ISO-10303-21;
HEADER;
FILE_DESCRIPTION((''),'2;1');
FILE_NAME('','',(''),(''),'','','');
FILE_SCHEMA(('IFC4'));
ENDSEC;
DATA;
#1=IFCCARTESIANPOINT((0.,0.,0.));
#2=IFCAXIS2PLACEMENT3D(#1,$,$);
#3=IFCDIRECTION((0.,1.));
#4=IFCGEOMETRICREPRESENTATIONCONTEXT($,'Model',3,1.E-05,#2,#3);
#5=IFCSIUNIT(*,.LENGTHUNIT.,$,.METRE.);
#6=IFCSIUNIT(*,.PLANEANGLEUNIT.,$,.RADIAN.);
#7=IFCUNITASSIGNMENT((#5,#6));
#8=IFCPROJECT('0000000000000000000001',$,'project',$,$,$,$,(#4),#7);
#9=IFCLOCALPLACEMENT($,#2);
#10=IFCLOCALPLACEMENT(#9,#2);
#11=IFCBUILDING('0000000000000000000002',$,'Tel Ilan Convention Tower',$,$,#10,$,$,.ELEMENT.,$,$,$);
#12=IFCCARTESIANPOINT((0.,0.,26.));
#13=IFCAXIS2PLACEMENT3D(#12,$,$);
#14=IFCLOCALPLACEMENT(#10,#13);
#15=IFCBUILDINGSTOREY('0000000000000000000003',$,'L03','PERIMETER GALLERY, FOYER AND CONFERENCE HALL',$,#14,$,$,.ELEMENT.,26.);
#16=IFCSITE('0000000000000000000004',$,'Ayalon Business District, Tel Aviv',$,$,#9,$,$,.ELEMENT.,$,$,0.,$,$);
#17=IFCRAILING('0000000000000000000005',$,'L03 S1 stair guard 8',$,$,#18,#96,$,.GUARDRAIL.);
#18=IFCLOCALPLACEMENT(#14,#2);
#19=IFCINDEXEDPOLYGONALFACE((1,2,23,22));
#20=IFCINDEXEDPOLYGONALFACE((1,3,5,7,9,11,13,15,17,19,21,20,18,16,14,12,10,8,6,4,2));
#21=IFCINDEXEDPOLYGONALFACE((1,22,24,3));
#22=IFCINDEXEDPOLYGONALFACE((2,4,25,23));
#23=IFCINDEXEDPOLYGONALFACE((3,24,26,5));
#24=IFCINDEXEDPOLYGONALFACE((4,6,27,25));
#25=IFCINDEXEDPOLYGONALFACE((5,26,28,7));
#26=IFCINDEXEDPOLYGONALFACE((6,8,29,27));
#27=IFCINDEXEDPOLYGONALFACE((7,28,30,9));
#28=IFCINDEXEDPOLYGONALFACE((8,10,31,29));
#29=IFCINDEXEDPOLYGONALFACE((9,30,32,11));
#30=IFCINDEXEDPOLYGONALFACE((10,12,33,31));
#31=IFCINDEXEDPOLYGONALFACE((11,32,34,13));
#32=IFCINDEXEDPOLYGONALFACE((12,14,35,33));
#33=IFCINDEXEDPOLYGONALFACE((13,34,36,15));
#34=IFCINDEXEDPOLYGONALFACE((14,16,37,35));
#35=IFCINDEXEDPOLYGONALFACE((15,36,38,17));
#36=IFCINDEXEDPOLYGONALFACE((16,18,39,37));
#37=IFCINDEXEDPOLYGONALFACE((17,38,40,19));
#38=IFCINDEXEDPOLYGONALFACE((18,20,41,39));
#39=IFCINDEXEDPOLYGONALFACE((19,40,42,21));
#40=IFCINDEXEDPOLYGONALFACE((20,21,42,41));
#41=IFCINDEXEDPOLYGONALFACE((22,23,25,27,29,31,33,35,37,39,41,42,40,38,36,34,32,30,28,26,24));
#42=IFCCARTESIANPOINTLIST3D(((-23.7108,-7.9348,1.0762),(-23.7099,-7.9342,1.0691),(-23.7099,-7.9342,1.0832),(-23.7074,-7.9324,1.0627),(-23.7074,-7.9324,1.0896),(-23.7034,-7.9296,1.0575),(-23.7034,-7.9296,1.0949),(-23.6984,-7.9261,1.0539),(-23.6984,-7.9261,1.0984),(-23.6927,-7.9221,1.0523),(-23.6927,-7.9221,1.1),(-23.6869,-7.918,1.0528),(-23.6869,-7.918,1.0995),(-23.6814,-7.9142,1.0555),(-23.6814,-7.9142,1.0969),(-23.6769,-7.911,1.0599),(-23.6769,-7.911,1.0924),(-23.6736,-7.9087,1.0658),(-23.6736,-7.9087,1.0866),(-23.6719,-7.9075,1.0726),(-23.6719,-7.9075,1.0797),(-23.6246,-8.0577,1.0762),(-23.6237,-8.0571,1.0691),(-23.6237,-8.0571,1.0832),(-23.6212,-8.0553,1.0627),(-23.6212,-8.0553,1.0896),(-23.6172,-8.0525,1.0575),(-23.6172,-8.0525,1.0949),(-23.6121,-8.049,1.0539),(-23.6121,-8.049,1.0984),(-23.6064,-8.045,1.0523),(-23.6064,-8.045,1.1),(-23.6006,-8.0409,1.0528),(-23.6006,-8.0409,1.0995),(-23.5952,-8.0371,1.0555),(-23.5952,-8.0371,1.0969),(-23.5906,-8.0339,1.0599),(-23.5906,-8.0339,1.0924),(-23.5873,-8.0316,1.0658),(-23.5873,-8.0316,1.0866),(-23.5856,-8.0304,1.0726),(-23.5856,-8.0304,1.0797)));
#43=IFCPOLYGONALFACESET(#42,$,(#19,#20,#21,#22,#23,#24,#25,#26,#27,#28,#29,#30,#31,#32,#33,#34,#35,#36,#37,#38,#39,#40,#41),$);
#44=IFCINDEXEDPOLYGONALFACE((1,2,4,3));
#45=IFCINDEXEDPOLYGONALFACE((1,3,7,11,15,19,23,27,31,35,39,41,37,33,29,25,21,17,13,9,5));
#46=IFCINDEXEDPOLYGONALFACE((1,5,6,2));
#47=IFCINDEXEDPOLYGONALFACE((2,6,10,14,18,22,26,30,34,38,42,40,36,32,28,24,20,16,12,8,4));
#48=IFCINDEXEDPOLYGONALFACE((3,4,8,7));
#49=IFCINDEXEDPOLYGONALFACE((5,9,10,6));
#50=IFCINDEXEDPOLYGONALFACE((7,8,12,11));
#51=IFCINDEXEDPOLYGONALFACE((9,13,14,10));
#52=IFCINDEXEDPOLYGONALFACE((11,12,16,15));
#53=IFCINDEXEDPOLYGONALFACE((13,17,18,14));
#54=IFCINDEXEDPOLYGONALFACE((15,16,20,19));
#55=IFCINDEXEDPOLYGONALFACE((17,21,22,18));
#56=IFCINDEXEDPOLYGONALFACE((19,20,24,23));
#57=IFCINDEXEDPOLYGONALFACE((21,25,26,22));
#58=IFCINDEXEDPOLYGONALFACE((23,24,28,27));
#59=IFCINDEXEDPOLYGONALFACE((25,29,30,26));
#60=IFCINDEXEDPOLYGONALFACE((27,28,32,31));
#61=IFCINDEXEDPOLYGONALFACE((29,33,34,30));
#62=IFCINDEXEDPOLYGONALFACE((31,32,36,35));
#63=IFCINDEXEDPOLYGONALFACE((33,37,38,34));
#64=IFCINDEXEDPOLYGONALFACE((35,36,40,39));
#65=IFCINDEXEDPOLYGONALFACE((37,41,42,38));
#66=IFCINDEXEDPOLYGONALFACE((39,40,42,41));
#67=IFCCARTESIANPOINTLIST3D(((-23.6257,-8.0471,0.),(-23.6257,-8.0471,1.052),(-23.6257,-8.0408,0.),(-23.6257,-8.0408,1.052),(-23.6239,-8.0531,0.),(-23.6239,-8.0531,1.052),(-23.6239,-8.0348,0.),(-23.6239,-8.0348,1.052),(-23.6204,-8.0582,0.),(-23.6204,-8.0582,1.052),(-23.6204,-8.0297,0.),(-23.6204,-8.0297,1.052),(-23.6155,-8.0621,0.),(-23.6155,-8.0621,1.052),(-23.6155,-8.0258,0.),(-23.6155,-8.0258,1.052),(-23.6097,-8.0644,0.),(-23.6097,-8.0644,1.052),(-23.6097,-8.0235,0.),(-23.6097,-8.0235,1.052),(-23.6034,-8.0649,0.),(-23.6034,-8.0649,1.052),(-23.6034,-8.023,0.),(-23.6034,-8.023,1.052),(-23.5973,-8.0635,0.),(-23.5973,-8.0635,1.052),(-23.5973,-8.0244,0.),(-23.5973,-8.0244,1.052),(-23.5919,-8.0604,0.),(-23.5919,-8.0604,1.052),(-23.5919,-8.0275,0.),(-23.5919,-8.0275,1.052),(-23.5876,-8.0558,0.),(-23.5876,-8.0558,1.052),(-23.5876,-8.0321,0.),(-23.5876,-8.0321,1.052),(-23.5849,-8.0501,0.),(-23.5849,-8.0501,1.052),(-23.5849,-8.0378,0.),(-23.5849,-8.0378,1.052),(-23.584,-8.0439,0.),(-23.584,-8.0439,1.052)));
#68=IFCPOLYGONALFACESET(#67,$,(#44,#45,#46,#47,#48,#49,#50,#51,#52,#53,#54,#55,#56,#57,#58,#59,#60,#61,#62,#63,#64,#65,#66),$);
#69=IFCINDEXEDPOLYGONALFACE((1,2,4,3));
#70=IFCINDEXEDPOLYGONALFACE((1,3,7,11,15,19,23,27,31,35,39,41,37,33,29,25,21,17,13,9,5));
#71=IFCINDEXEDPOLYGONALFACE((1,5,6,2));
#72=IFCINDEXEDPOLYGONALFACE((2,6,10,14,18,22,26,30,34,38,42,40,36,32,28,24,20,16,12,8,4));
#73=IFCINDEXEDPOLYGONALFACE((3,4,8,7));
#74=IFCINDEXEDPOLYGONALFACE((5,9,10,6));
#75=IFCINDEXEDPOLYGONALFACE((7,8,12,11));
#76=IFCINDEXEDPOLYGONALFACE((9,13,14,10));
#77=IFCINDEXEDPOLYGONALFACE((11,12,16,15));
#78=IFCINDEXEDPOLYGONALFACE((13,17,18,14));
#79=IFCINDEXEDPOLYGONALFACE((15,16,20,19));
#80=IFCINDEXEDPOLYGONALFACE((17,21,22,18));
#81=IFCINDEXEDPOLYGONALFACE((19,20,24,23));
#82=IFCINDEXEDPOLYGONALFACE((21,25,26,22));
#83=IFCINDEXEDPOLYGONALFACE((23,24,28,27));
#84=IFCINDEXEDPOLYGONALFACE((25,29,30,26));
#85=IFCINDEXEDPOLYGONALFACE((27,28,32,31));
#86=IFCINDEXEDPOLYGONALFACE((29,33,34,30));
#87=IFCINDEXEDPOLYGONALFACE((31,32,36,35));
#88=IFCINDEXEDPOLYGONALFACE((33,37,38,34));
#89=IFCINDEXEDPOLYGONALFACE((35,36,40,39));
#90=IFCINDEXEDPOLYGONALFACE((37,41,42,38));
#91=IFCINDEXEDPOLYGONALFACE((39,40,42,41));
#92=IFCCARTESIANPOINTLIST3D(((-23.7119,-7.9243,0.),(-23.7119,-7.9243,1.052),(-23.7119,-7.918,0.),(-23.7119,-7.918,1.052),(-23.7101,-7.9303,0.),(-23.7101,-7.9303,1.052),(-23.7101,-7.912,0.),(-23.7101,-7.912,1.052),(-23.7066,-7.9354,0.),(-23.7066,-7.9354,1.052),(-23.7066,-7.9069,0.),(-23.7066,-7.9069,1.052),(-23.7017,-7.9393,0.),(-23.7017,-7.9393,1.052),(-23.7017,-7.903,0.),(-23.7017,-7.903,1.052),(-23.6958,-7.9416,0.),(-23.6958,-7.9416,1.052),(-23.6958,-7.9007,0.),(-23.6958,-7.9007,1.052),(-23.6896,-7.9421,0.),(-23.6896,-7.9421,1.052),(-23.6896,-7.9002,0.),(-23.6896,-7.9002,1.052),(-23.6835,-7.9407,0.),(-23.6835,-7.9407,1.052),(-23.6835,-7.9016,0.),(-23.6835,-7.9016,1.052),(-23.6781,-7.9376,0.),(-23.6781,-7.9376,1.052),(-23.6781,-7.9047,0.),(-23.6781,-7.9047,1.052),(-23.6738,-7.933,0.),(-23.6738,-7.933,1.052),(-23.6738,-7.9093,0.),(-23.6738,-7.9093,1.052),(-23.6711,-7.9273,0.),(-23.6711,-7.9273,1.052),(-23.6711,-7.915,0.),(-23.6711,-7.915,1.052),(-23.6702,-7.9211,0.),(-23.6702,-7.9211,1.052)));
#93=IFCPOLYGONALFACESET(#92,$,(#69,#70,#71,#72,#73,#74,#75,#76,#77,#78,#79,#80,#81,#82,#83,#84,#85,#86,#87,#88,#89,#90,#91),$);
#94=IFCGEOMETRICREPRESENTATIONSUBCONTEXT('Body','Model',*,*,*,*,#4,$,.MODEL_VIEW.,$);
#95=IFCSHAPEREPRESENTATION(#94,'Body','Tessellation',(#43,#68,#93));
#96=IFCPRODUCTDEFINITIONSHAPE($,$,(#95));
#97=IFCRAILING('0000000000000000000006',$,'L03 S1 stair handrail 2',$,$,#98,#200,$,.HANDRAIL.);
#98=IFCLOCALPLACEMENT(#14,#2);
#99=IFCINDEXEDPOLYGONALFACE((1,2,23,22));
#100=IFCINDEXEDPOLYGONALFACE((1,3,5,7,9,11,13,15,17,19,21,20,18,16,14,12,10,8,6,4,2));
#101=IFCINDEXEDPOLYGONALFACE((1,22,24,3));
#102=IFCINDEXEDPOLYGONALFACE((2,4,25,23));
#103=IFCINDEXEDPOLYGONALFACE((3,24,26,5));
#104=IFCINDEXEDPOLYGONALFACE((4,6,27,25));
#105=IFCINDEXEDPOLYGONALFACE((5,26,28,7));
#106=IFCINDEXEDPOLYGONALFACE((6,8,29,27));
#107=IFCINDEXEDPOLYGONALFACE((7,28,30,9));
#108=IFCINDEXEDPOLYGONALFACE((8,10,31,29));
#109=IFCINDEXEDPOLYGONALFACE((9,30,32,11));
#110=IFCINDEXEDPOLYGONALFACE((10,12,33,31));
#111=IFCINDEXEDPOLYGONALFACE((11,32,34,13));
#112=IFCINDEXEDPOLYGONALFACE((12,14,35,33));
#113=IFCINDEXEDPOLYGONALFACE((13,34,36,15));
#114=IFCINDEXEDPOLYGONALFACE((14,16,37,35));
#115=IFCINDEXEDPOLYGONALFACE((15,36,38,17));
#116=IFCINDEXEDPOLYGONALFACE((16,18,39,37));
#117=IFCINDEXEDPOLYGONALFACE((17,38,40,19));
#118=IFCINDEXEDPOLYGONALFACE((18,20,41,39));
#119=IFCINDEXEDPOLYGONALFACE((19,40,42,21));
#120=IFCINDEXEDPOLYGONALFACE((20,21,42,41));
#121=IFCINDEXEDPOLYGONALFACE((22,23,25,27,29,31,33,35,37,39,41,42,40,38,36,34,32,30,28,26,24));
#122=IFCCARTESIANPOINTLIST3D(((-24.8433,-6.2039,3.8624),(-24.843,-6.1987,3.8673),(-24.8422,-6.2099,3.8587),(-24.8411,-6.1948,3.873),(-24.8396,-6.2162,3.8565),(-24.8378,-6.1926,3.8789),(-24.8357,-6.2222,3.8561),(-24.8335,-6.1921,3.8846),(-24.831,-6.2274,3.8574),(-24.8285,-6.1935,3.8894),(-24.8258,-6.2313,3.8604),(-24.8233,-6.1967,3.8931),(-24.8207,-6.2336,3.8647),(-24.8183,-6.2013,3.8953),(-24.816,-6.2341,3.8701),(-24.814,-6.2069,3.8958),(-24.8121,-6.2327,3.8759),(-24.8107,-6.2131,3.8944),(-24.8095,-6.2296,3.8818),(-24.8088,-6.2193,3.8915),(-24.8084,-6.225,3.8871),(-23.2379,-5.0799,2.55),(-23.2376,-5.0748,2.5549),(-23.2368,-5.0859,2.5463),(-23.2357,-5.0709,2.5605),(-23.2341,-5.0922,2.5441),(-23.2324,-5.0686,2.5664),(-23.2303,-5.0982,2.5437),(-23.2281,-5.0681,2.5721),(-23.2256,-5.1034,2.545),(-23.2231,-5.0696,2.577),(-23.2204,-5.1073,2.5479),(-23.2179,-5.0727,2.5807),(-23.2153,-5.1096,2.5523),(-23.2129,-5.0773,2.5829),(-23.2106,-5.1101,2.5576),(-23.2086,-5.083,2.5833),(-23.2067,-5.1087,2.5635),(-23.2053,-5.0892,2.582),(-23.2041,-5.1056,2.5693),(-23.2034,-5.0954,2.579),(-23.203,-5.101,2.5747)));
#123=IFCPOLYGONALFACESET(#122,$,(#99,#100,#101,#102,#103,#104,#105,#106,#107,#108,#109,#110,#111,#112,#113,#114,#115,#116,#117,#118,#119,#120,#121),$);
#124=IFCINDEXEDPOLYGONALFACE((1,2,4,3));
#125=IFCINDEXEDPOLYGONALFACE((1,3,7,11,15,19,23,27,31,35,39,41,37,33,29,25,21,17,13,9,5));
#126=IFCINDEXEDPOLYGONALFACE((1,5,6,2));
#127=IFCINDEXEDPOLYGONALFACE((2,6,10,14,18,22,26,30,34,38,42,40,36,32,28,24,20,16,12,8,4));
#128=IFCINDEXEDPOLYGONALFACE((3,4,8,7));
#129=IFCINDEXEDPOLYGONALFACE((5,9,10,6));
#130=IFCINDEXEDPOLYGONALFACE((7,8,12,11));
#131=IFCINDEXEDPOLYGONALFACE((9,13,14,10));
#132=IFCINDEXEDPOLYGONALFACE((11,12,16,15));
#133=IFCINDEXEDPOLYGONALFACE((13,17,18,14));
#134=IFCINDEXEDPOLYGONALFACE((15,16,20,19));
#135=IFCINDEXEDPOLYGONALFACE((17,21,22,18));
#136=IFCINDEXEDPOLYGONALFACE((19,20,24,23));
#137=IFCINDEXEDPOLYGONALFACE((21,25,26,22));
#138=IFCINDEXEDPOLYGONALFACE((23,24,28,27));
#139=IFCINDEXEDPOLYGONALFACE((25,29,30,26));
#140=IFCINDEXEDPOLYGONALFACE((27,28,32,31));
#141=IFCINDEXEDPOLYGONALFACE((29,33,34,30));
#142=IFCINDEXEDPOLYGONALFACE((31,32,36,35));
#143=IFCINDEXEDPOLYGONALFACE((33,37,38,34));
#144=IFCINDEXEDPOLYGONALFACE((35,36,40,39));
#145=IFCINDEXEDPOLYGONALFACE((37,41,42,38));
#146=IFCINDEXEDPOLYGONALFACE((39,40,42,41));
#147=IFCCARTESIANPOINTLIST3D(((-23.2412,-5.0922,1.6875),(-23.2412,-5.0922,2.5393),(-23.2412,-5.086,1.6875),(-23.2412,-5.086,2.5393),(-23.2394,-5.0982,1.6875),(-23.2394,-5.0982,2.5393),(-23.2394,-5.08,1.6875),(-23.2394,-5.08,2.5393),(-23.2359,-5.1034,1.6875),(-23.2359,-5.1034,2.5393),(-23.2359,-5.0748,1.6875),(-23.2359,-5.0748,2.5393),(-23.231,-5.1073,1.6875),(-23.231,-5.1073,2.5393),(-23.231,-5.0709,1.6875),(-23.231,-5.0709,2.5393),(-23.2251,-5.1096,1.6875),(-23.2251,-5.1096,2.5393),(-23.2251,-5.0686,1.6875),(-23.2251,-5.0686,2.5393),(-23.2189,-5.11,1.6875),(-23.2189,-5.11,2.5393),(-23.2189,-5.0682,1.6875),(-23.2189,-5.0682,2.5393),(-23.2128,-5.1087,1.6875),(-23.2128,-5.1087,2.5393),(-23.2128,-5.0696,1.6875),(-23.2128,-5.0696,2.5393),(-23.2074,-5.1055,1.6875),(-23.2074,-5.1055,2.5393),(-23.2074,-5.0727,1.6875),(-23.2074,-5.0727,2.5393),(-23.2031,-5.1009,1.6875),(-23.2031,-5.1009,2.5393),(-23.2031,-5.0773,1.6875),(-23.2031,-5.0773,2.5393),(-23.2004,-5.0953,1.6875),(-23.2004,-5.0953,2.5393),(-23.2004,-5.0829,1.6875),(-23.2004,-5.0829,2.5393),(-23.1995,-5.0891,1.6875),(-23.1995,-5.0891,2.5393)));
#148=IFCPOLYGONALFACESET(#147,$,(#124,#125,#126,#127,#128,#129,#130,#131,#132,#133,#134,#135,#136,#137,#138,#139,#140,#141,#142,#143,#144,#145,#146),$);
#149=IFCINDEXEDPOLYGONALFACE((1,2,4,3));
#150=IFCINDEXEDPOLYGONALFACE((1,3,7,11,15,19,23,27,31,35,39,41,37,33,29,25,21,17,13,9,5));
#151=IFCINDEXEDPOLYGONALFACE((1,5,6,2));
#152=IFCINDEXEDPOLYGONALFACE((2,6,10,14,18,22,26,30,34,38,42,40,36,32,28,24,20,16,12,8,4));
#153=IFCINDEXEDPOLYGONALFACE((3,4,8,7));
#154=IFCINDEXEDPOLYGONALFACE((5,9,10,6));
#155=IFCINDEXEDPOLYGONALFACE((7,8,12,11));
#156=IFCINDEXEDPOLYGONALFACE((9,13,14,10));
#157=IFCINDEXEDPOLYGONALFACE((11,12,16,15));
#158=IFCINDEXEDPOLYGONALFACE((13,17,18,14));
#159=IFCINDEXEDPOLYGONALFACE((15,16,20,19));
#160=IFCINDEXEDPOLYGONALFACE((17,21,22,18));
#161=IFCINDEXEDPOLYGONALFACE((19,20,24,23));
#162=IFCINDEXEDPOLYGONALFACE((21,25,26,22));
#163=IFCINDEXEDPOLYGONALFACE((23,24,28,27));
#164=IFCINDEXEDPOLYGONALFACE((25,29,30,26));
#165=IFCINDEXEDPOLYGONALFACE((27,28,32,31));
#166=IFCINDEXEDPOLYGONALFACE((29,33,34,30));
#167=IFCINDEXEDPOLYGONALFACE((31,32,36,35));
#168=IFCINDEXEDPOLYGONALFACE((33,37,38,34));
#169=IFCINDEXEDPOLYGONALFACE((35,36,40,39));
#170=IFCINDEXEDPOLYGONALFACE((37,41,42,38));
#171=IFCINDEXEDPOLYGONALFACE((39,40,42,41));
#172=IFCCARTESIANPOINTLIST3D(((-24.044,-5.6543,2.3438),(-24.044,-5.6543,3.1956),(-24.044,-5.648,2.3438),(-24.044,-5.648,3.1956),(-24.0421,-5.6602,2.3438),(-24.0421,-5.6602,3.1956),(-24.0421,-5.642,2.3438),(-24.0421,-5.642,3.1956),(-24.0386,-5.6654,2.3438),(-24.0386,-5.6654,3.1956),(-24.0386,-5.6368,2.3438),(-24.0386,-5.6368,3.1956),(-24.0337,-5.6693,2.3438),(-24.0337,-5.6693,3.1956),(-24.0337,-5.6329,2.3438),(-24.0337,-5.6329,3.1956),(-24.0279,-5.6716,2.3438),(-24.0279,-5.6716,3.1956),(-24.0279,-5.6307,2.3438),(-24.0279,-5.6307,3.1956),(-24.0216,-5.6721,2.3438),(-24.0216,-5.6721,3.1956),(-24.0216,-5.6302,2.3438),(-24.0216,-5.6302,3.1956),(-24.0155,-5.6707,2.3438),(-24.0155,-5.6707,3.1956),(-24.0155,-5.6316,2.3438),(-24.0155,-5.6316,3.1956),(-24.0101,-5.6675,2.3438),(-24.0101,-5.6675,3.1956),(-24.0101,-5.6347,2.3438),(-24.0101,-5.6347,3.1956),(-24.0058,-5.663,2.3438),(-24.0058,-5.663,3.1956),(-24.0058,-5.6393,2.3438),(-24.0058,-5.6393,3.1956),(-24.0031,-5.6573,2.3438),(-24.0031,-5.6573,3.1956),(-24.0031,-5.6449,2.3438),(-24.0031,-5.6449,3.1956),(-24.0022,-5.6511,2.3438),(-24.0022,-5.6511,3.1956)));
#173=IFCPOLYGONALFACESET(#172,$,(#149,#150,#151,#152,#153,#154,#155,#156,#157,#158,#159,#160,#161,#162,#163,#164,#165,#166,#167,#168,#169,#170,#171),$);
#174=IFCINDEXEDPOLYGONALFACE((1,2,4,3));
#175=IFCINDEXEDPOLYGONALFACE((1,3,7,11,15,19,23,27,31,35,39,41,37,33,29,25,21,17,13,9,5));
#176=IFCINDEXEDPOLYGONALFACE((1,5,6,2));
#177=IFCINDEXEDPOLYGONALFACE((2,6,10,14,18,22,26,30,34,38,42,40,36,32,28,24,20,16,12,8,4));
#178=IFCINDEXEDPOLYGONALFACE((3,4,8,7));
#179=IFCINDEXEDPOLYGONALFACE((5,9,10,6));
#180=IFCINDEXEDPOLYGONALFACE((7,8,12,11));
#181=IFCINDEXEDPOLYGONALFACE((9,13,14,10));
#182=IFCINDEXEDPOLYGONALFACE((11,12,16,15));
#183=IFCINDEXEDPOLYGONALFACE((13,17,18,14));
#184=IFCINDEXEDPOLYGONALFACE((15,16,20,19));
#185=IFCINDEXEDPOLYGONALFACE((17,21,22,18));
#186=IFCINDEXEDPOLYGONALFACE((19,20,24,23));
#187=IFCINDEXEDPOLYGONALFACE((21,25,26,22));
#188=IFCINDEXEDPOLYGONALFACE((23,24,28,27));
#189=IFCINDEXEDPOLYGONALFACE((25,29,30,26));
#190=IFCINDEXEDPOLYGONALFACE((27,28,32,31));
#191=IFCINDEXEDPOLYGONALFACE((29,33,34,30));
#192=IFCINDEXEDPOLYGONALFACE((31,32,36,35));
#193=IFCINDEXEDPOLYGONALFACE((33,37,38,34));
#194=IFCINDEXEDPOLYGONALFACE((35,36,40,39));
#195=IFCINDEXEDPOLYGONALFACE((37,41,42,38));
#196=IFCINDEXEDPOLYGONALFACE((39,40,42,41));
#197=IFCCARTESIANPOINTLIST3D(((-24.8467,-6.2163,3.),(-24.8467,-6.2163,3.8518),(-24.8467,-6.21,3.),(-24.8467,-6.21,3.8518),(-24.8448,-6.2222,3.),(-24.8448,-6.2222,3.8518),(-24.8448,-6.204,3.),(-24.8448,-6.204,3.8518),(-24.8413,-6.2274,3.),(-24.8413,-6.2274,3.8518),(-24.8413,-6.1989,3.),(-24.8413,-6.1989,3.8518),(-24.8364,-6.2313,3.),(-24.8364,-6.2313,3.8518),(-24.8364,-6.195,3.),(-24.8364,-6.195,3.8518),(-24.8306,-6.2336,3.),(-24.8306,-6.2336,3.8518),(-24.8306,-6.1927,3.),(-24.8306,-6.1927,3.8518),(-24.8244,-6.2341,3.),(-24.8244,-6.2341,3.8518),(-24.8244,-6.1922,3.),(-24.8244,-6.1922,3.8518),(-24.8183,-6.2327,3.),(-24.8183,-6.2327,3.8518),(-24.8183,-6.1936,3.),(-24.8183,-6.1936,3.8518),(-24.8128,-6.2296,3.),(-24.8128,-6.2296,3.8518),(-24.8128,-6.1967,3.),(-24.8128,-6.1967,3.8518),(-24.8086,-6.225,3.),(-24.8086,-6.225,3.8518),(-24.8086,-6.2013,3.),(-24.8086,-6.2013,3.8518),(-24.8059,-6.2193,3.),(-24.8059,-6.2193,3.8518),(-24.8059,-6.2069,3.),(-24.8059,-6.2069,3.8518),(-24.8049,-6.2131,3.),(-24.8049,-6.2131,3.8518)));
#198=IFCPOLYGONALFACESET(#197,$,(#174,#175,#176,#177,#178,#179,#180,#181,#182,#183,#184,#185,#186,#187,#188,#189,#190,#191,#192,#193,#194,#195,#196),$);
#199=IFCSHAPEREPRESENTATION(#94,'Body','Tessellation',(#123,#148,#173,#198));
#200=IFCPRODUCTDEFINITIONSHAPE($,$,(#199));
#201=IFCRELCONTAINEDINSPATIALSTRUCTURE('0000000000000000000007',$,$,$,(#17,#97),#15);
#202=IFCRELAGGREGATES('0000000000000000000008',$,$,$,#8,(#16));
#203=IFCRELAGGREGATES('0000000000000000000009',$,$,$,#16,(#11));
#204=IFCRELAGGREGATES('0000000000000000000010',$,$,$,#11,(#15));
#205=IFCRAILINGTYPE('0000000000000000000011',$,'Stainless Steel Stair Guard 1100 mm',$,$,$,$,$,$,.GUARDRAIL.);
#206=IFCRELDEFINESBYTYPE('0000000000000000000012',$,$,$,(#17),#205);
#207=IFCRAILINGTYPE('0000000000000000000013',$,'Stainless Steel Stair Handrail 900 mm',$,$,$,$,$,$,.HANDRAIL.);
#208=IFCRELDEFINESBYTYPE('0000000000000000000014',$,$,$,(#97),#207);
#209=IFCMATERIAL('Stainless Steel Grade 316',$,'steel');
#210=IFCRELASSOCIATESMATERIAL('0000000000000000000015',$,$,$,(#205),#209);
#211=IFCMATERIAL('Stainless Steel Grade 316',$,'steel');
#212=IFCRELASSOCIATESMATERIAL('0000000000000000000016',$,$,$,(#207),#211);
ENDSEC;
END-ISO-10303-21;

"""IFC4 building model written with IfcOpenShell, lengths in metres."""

from ifc_helpers import new_model, si_unit, direction, frame, origin, origin_2d, place, context, subcontext, project, spatial, circle, extrude, material, type_object, element, save


model = new_model("IFC4")

# Units and contexts
model_context = context("Model", 3, precision=1e-05, world=origin(), true_north=direction((0.0, 1.0)))
body_context = subcontext(model_context, "Body", "Model", "MODEL_VIEW")
ifc_project = project(units=[si_unit("LENGTHUNIT", "METRE"), si_unit("PLANEANGLEUNIT", "RADIAN")], contexts=[model_context])

# Site, building, storey
site_placement = place(None, origin())
site = spatial("IfcSite", under=ifc_project, at=site_placement, Name="Ayalon Business District, Tel Aviv", CompositionType="ELEMENT", RefElevation=0.0)
building_placement = place(site_placement, origin())
building = spatial("IfcBuilding", under=site, at=building_placement, Name="Tel Ilan Convention Tower", CompositionType="ELEMENT")
storey_placement = place(building_placement, frame((0.0, 0.0, 26.0)))
storey = spatial("IfcBuildingStorey", under=building, at=storey_placement, Name="L03", Description="PERIMETER GALLERY, FOYER AND CONFERENCE HALL", CompositionType="ELEMENT", Elevation=26.0)

# Railings
ifc_material_1 = material(Name="Stainless Steel Grade 316", Category="steel")
railing_type_1 = type_object("IfcRailingType", Name="Stainless Steel Stair Guard 1100 mm", PredefinedType="GUARDRAIL", material=ifc_material_1)
railing_placement = place(storey_placement, frame((-23.605, -8.0439, 0.0)))
element("IfcRailing", 1, at=railing_placement, inside=storey, type_object=railing_type_1, Name="L03 S1 stair guard 8", PredefinedType="GUARDRAIL", context=body_context, shape_type="SweptSolid", body=[
    extrude(circle(Radius=0.0239, at=origin_2d()), frame((0.0, 0.0, 1.0762), z_axis=(-0.574445, 0.818543, 0.0), x_axis=(-0.818543, -0.574445, 0.0)), (0.0, 0.0, 1.0), 0.1501),
    extrude(circle(Radius=0.021, at=origin_2d()), origin(), (0.0, 0.0, 1.0), 1.052),
    extrude(circle(Radius=0.021, at=origin_2d()), frame((-0.0862, 0.1228, 0.0)), (0.0, 0.0, 1.0), 1.052),
])
ifc_material_2 = material(Name="Stainless Steel Grade 316", Category="steel")
railing_type_2 = type_object("IfcRailingType", Name="Stainless Steel Stair Handrail 900 mm", PredefinedType="HANDRAIL", material=ifc_material_2)
for number, where, name in (
    (2, (-23.2205, -5.0891, 1.6875), "L03 S1 stair handrail 2"),
):
    element("IfcRailing", number, at=place(storey_placement, frame(where)), inside=storey, type_object=railing_type_2, Name=name, PredefinedType="HANDRAIL", context=body_context, shape_type="SweptSolid", body=[
        extrude(circle(Radius=0.0239, at=origin_2d()), frame((0.0, 0.0, 0.876), z_axis=(-0.680649, -0.476537, 0.556443), x_axis=(0.573529, -0.819185, 0.0)), (0.0, 0.0, 1.0), 2.3586),
        extrude(circle(Radius=0.021, at=origin_2d()), origin(), (0.0, 0.0, 1.0), 0.8518),
        extrude(circle(Radius=0.021, at=origin_2d()), frame((-0.8027, -0.562, 0.6562)), (0.0, 0.0, 1.0), 0.8518),
        extrude(circle(Radius=0.021, at=origin_2d()), frame((-1.6055, -1.124, 1.3125)), (0.0, 0.0, 1.0), 0.8518),
    ])

save(model, "model.ifc")
